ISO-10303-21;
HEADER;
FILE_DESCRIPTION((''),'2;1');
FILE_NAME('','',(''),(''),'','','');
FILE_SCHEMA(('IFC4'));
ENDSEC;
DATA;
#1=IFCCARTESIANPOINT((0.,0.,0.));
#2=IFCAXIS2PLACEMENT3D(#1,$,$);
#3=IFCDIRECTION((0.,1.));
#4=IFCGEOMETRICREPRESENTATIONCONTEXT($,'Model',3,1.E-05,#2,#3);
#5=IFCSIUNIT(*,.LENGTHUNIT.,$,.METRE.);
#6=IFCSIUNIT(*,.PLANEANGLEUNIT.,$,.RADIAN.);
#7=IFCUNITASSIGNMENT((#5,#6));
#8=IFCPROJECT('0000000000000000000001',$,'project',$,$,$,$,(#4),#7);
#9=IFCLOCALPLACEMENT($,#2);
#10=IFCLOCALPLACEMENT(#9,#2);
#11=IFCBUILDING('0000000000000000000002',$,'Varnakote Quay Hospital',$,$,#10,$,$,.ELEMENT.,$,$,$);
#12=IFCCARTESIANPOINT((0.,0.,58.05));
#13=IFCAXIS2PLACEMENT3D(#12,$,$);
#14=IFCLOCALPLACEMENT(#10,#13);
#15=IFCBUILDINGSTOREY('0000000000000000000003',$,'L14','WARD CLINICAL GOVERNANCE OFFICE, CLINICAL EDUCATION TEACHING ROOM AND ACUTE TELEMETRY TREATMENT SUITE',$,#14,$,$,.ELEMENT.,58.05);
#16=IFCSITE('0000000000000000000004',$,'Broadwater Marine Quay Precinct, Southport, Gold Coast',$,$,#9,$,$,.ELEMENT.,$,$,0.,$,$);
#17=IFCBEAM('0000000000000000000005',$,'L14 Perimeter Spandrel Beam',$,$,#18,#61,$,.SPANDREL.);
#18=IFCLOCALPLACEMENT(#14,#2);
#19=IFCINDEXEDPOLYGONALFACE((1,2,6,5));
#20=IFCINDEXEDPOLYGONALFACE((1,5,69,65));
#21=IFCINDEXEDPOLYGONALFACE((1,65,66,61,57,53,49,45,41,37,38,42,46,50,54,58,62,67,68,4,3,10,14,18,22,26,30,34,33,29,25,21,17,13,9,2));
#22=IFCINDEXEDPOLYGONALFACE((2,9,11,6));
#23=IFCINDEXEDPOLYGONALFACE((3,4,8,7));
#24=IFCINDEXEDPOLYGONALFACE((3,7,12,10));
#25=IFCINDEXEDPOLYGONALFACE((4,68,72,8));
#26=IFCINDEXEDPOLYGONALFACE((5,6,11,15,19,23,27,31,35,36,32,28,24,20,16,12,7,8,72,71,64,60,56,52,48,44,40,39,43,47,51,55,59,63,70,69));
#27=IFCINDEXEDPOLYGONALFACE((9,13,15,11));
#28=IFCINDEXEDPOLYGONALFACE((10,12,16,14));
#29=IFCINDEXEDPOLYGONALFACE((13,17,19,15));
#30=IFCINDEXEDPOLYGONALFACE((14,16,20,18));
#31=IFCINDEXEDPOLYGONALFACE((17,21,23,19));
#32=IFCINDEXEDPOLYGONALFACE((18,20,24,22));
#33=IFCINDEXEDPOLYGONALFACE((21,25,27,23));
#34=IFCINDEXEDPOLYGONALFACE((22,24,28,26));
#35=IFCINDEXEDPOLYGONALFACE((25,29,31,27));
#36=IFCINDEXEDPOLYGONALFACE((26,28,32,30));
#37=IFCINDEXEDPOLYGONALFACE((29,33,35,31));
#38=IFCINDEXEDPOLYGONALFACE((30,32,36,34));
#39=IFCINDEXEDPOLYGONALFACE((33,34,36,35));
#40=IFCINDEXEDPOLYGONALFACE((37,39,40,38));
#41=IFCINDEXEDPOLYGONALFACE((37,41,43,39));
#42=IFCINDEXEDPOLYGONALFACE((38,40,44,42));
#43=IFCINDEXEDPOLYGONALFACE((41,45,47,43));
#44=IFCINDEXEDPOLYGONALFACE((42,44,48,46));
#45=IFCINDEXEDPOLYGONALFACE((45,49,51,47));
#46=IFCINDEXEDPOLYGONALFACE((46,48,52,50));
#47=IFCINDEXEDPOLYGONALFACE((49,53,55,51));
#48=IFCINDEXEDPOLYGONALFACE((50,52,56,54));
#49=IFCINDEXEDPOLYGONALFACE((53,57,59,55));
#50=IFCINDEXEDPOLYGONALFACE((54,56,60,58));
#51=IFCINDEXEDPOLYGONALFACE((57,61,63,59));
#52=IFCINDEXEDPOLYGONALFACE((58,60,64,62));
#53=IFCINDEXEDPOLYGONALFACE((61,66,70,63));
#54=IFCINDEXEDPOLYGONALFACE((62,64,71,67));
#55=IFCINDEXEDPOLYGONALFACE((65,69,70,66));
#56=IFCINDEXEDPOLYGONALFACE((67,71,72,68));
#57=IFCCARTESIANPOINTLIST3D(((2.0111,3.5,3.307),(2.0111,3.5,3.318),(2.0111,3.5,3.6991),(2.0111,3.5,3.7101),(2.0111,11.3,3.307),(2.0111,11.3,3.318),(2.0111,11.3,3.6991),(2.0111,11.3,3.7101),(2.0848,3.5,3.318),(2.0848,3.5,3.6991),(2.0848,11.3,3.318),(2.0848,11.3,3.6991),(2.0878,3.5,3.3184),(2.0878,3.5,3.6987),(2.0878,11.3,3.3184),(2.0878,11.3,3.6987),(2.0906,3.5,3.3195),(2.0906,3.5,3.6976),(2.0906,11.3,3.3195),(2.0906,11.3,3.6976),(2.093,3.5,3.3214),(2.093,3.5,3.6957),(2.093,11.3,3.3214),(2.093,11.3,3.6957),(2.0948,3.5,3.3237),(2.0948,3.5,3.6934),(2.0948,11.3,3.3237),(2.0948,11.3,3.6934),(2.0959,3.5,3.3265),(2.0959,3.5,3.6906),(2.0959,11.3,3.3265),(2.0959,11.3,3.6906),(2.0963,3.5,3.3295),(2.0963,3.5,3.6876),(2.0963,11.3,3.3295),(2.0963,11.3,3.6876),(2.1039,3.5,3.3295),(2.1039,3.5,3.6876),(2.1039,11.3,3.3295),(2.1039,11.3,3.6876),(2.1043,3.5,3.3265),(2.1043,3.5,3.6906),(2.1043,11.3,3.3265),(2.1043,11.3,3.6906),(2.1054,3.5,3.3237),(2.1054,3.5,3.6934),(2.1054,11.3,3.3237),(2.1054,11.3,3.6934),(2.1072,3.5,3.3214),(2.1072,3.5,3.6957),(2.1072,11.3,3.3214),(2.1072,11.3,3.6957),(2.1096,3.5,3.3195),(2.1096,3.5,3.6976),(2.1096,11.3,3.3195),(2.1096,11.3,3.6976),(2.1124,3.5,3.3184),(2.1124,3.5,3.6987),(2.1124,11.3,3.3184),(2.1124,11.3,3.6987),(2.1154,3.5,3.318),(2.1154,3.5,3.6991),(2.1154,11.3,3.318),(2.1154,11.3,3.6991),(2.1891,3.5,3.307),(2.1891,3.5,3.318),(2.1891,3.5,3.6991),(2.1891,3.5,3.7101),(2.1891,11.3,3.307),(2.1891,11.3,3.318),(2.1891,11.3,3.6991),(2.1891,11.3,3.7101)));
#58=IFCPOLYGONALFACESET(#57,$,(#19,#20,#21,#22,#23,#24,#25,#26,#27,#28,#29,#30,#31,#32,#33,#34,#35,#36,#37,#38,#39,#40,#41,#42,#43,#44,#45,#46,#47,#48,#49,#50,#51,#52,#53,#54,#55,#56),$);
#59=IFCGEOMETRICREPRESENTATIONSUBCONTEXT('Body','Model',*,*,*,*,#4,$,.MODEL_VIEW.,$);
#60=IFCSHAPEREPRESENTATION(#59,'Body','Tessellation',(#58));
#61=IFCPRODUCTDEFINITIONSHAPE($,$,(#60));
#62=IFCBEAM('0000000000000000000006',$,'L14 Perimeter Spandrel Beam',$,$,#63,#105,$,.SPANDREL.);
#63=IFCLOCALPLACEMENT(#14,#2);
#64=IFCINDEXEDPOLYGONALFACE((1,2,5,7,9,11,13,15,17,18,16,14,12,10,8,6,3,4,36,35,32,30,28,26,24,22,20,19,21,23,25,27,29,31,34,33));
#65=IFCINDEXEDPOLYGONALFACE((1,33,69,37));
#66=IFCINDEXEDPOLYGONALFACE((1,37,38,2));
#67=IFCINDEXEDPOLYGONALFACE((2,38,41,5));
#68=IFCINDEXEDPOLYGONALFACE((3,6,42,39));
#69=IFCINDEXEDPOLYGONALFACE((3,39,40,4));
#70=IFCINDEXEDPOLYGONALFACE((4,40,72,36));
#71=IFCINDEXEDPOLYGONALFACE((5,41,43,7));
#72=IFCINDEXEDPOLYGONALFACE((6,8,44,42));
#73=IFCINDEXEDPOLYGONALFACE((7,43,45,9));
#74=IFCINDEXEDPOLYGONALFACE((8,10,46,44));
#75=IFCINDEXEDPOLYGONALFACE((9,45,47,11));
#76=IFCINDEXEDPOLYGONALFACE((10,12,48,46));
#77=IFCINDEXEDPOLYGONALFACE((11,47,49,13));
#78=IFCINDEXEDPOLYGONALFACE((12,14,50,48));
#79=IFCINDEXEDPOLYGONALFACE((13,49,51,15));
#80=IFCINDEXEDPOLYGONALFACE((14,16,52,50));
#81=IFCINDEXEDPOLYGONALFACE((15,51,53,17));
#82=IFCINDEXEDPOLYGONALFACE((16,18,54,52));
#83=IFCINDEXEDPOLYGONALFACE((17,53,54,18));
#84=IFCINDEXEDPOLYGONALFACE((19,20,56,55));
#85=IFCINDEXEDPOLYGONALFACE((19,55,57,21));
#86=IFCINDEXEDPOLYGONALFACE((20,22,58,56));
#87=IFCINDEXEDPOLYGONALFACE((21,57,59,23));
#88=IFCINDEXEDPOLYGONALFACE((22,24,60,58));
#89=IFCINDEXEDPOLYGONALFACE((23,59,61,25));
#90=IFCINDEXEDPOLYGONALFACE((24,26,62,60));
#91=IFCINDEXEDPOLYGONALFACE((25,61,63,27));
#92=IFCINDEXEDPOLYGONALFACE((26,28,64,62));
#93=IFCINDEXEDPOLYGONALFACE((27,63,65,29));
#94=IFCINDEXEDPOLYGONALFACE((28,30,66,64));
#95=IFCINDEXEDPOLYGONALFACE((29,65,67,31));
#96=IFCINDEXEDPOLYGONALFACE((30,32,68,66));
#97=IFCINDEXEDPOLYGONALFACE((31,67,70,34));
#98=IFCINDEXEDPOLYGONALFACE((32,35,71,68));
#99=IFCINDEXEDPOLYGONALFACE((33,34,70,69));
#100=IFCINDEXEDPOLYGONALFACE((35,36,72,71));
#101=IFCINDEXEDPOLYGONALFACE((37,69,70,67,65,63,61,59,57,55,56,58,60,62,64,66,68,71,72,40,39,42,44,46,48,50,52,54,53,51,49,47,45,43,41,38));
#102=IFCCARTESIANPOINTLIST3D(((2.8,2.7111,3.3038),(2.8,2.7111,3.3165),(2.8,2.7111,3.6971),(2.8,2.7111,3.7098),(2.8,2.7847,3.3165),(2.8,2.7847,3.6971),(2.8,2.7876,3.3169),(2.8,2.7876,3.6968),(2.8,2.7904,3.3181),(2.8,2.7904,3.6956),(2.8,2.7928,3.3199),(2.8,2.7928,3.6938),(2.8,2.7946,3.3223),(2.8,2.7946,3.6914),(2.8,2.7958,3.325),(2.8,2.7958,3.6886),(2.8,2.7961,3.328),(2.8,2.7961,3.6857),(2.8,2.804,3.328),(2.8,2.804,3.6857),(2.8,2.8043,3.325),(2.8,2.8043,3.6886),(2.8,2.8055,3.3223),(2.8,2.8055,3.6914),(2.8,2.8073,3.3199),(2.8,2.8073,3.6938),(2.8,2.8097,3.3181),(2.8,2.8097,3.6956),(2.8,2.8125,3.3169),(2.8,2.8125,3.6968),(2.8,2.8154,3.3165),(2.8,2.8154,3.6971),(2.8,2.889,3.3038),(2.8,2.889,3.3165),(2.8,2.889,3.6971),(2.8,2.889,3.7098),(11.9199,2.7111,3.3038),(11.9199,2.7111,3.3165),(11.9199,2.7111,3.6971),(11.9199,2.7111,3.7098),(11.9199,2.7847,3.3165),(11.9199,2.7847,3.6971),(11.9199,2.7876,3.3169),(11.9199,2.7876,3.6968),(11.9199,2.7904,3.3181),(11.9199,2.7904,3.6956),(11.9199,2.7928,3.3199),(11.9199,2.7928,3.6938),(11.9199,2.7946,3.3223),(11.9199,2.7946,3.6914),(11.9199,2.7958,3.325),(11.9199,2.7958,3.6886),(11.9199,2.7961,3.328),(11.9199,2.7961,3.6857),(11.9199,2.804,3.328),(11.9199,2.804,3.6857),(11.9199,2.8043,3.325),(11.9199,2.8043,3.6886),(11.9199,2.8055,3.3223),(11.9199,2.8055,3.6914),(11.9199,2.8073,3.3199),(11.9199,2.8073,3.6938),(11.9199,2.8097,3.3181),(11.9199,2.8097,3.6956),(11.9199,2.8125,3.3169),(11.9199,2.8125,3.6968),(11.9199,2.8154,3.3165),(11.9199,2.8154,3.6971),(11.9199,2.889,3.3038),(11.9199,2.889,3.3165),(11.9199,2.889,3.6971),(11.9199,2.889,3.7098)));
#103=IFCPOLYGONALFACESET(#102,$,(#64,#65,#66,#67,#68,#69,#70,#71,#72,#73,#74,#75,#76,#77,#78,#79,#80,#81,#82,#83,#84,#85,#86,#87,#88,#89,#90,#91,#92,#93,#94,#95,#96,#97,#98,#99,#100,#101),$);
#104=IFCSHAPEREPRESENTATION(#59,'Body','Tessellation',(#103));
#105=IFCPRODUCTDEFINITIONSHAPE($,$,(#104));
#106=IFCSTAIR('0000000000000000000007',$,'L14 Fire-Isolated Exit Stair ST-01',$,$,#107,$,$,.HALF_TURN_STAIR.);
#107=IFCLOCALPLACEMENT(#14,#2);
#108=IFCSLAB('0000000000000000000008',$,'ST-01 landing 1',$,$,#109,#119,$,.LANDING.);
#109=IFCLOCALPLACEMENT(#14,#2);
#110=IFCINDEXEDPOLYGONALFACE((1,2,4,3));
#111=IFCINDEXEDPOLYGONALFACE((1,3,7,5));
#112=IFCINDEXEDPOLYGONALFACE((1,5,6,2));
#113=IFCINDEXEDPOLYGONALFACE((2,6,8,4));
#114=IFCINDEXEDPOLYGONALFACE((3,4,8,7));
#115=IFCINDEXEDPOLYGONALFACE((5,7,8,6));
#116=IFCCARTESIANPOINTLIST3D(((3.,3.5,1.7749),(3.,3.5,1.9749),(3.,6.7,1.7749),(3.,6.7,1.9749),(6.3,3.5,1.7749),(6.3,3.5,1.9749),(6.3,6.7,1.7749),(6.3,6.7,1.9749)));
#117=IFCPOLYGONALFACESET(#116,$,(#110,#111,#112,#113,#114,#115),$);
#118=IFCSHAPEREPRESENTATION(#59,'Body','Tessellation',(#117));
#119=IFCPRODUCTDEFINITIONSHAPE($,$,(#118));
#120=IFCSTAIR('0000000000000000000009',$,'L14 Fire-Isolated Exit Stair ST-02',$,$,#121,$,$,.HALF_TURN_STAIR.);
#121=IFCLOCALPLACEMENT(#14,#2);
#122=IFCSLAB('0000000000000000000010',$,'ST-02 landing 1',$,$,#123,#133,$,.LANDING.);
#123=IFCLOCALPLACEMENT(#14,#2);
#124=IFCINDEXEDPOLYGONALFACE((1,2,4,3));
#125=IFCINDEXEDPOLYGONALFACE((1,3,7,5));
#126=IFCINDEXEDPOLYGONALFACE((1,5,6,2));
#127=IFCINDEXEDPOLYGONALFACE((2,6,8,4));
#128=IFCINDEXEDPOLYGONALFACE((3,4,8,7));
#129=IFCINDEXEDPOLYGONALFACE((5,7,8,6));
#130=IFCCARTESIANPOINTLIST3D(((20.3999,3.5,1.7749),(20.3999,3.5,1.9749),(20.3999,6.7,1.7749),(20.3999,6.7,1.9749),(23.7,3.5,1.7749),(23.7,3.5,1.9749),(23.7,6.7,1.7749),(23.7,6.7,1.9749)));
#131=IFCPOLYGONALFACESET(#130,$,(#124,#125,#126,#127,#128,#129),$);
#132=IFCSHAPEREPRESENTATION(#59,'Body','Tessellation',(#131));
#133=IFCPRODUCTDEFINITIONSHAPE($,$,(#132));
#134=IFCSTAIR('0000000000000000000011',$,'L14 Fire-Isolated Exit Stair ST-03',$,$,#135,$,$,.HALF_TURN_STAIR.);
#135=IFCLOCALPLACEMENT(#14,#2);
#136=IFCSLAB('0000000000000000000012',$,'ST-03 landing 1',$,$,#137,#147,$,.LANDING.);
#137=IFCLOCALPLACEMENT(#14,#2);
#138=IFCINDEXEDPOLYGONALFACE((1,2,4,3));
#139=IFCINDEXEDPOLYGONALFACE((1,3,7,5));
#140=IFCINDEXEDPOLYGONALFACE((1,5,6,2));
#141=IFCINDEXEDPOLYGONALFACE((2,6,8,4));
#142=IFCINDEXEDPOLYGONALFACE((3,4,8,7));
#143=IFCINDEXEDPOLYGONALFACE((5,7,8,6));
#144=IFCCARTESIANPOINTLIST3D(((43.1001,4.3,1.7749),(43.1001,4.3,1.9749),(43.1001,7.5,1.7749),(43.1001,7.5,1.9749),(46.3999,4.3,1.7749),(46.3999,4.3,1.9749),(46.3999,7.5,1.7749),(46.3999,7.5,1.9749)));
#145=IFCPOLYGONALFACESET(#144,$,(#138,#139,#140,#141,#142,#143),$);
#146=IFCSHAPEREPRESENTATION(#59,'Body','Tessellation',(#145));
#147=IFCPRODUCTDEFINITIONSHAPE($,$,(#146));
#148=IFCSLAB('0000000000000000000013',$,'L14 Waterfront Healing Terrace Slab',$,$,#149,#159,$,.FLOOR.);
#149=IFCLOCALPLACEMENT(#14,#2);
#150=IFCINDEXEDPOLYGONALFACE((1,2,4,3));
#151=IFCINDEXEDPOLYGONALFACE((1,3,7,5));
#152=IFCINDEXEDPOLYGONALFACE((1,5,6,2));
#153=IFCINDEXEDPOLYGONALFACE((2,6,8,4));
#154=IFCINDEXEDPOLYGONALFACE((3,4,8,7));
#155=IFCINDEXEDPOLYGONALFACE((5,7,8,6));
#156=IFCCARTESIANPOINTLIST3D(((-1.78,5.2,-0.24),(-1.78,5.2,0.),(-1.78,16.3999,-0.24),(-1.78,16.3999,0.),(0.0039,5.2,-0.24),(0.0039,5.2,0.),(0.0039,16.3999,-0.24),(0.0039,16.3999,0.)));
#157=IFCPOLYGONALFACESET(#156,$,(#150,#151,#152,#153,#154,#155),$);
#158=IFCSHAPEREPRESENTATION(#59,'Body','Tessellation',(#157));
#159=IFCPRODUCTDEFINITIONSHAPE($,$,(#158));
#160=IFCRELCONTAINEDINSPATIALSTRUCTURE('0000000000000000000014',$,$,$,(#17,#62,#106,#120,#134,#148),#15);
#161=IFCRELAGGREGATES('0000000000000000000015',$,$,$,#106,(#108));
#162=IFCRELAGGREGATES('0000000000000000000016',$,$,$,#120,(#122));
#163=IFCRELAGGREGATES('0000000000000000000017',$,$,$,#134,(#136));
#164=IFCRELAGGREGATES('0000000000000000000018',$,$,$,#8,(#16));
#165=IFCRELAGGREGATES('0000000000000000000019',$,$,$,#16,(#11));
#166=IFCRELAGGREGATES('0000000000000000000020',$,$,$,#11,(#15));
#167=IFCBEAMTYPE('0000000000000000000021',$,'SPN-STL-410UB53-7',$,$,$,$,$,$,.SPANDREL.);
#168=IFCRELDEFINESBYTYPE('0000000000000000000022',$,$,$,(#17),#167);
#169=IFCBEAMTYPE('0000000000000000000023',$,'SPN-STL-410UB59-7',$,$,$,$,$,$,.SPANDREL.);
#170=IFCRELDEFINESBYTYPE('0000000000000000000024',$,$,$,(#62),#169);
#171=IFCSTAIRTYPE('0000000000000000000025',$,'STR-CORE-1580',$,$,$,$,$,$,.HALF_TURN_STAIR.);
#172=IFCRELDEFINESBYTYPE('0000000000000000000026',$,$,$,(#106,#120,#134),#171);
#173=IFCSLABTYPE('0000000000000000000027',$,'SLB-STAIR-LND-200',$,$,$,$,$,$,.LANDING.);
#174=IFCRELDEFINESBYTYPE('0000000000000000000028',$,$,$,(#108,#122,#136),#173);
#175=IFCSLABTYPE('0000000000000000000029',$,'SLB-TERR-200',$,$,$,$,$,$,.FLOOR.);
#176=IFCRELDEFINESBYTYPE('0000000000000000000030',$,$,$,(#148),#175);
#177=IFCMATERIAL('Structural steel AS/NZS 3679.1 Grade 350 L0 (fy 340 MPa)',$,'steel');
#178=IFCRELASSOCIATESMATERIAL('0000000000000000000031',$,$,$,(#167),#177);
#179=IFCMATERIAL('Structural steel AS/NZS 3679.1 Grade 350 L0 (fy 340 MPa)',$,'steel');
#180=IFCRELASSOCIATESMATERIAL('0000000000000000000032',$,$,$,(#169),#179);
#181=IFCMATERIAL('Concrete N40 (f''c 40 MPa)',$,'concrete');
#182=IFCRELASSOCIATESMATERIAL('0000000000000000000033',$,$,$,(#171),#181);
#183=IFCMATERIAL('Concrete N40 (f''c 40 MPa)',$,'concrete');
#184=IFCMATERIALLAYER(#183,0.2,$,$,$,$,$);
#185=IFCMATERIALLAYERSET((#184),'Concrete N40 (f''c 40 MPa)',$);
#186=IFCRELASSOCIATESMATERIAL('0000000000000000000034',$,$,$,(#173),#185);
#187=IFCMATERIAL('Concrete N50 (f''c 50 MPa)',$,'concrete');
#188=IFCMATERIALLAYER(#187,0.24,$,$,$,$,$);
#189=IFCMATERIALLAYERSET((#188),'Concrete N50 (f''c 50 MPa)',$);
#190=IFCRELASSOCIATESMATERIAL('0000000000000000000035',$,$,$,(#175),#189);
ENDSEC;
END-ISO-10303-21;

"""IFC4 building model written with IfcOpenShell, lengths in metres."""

from ifc_helpers import new_model, si_unit, direction, frame, origin, origin_2d, place, context, subcontext, project, spatial, polyline, i_section, outline, extrude, material, layer, layer_set, material_profile, profile_set, type_object, element, aggregate, save


model = new_model("IFC4")

# Units and contexts
model_context = context("Model", 3, precision=1e-05, world=origin(), true_north=direction((0.0, 1.0)))
body_context = subcontext(model_context, "Body", "Model", "MODEL_VIEW")
ifc_project = project(units=[si_unit("LENGTHUNIT", "METRE"), si_unit("PLANEANGLEUNIT", "RADIAN")], contexts=[model_context])

# Site, building, storey
site_placement = place(None, origin())
site = spatial("IfcSite", under=ifc_project, at=site_placement, Name="Broadwater Marine Quay Precinct, Southport, Gold Coast", CompositionType="ELEMENT", RefElevation=0.0)
building_placement = place(site_placement, origin())
building = spatial("IfcBuilding", under=site, at=building_placement, Name="Varnakote Quay Hospital", CompositionType="ELEMENT")
storey_placement = place(building_placement, frame((0.0, 0.0, 58.05)))
storey = spatial("IfcBuildingStorey", under=building, at=storey_placement, Name="L14", Description="WARD CLINICAL GOVERNANCE OFFICE, CLINICAL EDUCATION TEACHING ROOM AND ACUTE TELEMETRY TREATMENT SUITE", CompositionType="ELEMENT", Elevation=58.05)

# Beams
ifc_material_1 = material(Name="Structural steel AS/NZS 3679.1 Grade 350 L0 (fy 340 MPa)", Category="steel")
ifc_material_profile_1 = material_profile(ifc_material_1, i_section(OverallWidth=0.178, OverallDepth=0.4031, WebThickness=0.0076, FlangeThickness=0.011, FilletRadius=0.0115, at=origin_2d()), Name="410UB53.7")
ifc_profile_set_1 = profile_set([ifc_material_profile_1], Name="Structural steel AS/NZS 3679.1 Grade 350 L0 (fy 340 MPa)")
beam_type_1 = type_object("IfcBeamType", Name="SPN-STL-410UB53-7", PredefinedType="SPANDREL", material=ifc_profile_set_1)
beam_1_placement = place(storey_placement, frame((2.1001, 3.5, 3.5085), z_axis=(0.0, 1.0, 0.0), x_axis=(-1.0, 0.0, 0.0)))
element("IfcBeam", 1, at=beam_1_placement, inside=storey, type_object=beam_type_1, Name="L14 Perimeter Spandrel Beam", PredefinedType="SPANDREL", context=body_context, shape_type="SweptSolid", body=[
    extrude(i_section(OverallWidth=0.178, OverallDepth=0.4031, WebThickness=0.0076, FlangeThickness=0.011, FilletRadius=0.0115, at=origin_2d()), origin(), (0.0, 0.0, 1.0), 7.8),
])
ifc_material_2 = material(Name="Structural steel AS/NZS 3679.1 Grade 350 L0 (fy 340 MPa)", Category="steel")
ifc_material_profile_2 = material_profile(ifc_material_2, i_section(OverallWidth=0.178, OverallDepth=0.406, WebThickness=0.0078, FlangeThickness=0.0127, FilletRadius=0.0115, at=origin_2d()), Name="410UB59.7")
ifc_profile_set_2 = profile_set([ifc_material_profile_2], Name="Structural steel AS/NZS 3679.1 Grade 350 L0 (fy 340 MPa)")
beam_type_2 = type_object("IfcBeamType", Name="SPN-STL-410UB59-7", PredefinedType="SPANDREL", material=ifc_profile_set_2)
beam_2_placement = place(storey_placement, frame((2.8, 2.8, 3.5068), z_axis=(1.0, 0.0, 0.0), x_axis=(0.0, 1.0, 0.0)))
element("IfcBeam", 2, at=beam_2_placement, inside=storey, type_object=beam_type_2, Name="L14 Perimeter Spandrel Beam", PredefinedType="SPANDREL", context=body_context, shape_type="SweptSolid", body=[
    extrude(i_section(OverallWidth=0.178, OverallDepth=0.406, WebThickness=0.0078, FlangeThickness=0.0127, FilletRadius=0.0115, at=origin_2d()), origin(), (0.0, 0.0, 1.0), 9.1199),
])

# Stairs, slabs
ifc_material_3 = material(Name="Concrete N40 (f'c 40 MPa)", Category="concrete")
stair_type = type_object("IfcStairType", Name="STR-CORE-1580", PredefinedType="HALF_TURN_STAIR", material=ifc_material_3)
stair_1_placement = place(storey_placement, origin())
stair_1 = element("IfcStair", 3, at=stair_1_placement, inside=storey, type_object=stair_type, Name="L14 Fire-Isolated Exit Stair ST-01", PredefinedType="HALF_TURN_STAIR")
ifc_material_4 = material(Name="Concrete N40 (f'c 40 MPa)", Category="concrete")
ifc_layer_1 = layer(ifc_material_4, 0.2)
ifc_layer_set_1 = layer_set([ifc_layer_1], Name="Concrete N40 (f'c 40 MPa)")
slab_type_1 = type_object("IfcSlabType", Name="SLB-STAIR-LND-200", PredefinedType="LANDING", material=ifc_layer_set_1)
slab_1_placement = place(storey_placement, frame((0.0, 0.0, 1.7749)))
slab_1 = element("IfcSlab", 4, at=slab_1_placement, type_object=slab_type_1, Name="ST-01 landing 1", PredefinedType="LANDING", context=body_context, shape_type="SweptSolid", body=[
    extrude(outline(polyline([(3.0, 6.7), (3.0, 3.5), (6.3, 3.5), (6.3, 6.7), (3.0, 6.7)])), origin(), (0.0, 0.0, 1.0), 0.2),
])
aggregate(stair_1, [slab_1])
stair_2_placement = place(storey_placement, origin())
stair_2 = element("IfcStair", 5, at=stair_2_placement, inside=storey, type_object=stair_type, Name="L14 Fire-Isolated Exit Stair ST-02", PredefinedType="HALF_TURN_STAIR")
slab_2_placement = place(storey_placement, frame((0.0, 0.0, 1.7749)))
slab_2 = element("IfcSlab", 6, at=slab_2_placement, type_object=slab_type_1, Name="ST-02 landing 1", PredefinedType="LANDING", context=body_context, shape_type="SweptSolid", body=[
    extrude(outline(polyline([(20.3999, 6.7), (20.3999, 3.5), (23.7, 3.5), (23.7, 6.7), (20.3999, 6.7)])), origin(), (0.0, 0.0, 1.0), 0.2),
])
aggregate(stair_2, [slab_2])
stair_3_placement = place(storey_placement, origin())
stair_3 = element("IfcStair", 7, at=stair_3_placement, inside=storey, type_object=stair_type, Name="L14 Fire-Isolated Exit Stair ST-03", PredefinedType="HALF_TURN_STAIR")
slab_3_placement = place(storey_placement, frame((0.0, 0.0, 1.7749)))
slab_3 = element("IfcSlab", 8, at=slab_3_placement, type_object=slab_type_1, Name="ST-03 landing 1", PredefinedType="LANDING", context=body_context, shape_type="SweptSolid", body=[
    extrude(outline(polyline([(43.1001, 7.5), (43.1001, 4.3), (46.3999, 4.3), (46.3999, 7.5), (43.1001, 7.5)])), origin(), (0.0, 0.0, 1.0), 0.2),
])
aggregate(stair_3, [slab_3])

# Slab
ifc_material_5 = material(Name="Concrete N50 (f'c 50 MPa)", Category="concrete")
ifc_layer_2 = layer(ifc_material_5, 0.24)
ifc_layer_set_2 = layer_set([ifc_layer_2], Name="Concrete N50 (f'c 50 MPa)")
slab_type_2 = type_object("IfcSlabType", Name="SLB-TERR-200", PredefinedType="FLOOR", material=ifc_layer_set_2)
slab_4_placement = place(storey_placement, frame((0.0, 0.0, -0.24)))
element("IfcSlab", 9, at=slab_4_placement, inside=storey, type_object=slab_type_2, Name="L14 Waterfront Healing Terrace Slab", PredefinedType="FLOOR", context=body_context, shape_type="SweptSolid", body=[
    extrude(outline(polyline([(0.0039, 5.2), (0.0039, 16.3999), (-1.78, 16.3999), (-1.78, 5.2), (0.0039, 5.2)])), origin(), (0.0, 0.0, 1.0), 0.24),
])

save(model, "model.ifc")
